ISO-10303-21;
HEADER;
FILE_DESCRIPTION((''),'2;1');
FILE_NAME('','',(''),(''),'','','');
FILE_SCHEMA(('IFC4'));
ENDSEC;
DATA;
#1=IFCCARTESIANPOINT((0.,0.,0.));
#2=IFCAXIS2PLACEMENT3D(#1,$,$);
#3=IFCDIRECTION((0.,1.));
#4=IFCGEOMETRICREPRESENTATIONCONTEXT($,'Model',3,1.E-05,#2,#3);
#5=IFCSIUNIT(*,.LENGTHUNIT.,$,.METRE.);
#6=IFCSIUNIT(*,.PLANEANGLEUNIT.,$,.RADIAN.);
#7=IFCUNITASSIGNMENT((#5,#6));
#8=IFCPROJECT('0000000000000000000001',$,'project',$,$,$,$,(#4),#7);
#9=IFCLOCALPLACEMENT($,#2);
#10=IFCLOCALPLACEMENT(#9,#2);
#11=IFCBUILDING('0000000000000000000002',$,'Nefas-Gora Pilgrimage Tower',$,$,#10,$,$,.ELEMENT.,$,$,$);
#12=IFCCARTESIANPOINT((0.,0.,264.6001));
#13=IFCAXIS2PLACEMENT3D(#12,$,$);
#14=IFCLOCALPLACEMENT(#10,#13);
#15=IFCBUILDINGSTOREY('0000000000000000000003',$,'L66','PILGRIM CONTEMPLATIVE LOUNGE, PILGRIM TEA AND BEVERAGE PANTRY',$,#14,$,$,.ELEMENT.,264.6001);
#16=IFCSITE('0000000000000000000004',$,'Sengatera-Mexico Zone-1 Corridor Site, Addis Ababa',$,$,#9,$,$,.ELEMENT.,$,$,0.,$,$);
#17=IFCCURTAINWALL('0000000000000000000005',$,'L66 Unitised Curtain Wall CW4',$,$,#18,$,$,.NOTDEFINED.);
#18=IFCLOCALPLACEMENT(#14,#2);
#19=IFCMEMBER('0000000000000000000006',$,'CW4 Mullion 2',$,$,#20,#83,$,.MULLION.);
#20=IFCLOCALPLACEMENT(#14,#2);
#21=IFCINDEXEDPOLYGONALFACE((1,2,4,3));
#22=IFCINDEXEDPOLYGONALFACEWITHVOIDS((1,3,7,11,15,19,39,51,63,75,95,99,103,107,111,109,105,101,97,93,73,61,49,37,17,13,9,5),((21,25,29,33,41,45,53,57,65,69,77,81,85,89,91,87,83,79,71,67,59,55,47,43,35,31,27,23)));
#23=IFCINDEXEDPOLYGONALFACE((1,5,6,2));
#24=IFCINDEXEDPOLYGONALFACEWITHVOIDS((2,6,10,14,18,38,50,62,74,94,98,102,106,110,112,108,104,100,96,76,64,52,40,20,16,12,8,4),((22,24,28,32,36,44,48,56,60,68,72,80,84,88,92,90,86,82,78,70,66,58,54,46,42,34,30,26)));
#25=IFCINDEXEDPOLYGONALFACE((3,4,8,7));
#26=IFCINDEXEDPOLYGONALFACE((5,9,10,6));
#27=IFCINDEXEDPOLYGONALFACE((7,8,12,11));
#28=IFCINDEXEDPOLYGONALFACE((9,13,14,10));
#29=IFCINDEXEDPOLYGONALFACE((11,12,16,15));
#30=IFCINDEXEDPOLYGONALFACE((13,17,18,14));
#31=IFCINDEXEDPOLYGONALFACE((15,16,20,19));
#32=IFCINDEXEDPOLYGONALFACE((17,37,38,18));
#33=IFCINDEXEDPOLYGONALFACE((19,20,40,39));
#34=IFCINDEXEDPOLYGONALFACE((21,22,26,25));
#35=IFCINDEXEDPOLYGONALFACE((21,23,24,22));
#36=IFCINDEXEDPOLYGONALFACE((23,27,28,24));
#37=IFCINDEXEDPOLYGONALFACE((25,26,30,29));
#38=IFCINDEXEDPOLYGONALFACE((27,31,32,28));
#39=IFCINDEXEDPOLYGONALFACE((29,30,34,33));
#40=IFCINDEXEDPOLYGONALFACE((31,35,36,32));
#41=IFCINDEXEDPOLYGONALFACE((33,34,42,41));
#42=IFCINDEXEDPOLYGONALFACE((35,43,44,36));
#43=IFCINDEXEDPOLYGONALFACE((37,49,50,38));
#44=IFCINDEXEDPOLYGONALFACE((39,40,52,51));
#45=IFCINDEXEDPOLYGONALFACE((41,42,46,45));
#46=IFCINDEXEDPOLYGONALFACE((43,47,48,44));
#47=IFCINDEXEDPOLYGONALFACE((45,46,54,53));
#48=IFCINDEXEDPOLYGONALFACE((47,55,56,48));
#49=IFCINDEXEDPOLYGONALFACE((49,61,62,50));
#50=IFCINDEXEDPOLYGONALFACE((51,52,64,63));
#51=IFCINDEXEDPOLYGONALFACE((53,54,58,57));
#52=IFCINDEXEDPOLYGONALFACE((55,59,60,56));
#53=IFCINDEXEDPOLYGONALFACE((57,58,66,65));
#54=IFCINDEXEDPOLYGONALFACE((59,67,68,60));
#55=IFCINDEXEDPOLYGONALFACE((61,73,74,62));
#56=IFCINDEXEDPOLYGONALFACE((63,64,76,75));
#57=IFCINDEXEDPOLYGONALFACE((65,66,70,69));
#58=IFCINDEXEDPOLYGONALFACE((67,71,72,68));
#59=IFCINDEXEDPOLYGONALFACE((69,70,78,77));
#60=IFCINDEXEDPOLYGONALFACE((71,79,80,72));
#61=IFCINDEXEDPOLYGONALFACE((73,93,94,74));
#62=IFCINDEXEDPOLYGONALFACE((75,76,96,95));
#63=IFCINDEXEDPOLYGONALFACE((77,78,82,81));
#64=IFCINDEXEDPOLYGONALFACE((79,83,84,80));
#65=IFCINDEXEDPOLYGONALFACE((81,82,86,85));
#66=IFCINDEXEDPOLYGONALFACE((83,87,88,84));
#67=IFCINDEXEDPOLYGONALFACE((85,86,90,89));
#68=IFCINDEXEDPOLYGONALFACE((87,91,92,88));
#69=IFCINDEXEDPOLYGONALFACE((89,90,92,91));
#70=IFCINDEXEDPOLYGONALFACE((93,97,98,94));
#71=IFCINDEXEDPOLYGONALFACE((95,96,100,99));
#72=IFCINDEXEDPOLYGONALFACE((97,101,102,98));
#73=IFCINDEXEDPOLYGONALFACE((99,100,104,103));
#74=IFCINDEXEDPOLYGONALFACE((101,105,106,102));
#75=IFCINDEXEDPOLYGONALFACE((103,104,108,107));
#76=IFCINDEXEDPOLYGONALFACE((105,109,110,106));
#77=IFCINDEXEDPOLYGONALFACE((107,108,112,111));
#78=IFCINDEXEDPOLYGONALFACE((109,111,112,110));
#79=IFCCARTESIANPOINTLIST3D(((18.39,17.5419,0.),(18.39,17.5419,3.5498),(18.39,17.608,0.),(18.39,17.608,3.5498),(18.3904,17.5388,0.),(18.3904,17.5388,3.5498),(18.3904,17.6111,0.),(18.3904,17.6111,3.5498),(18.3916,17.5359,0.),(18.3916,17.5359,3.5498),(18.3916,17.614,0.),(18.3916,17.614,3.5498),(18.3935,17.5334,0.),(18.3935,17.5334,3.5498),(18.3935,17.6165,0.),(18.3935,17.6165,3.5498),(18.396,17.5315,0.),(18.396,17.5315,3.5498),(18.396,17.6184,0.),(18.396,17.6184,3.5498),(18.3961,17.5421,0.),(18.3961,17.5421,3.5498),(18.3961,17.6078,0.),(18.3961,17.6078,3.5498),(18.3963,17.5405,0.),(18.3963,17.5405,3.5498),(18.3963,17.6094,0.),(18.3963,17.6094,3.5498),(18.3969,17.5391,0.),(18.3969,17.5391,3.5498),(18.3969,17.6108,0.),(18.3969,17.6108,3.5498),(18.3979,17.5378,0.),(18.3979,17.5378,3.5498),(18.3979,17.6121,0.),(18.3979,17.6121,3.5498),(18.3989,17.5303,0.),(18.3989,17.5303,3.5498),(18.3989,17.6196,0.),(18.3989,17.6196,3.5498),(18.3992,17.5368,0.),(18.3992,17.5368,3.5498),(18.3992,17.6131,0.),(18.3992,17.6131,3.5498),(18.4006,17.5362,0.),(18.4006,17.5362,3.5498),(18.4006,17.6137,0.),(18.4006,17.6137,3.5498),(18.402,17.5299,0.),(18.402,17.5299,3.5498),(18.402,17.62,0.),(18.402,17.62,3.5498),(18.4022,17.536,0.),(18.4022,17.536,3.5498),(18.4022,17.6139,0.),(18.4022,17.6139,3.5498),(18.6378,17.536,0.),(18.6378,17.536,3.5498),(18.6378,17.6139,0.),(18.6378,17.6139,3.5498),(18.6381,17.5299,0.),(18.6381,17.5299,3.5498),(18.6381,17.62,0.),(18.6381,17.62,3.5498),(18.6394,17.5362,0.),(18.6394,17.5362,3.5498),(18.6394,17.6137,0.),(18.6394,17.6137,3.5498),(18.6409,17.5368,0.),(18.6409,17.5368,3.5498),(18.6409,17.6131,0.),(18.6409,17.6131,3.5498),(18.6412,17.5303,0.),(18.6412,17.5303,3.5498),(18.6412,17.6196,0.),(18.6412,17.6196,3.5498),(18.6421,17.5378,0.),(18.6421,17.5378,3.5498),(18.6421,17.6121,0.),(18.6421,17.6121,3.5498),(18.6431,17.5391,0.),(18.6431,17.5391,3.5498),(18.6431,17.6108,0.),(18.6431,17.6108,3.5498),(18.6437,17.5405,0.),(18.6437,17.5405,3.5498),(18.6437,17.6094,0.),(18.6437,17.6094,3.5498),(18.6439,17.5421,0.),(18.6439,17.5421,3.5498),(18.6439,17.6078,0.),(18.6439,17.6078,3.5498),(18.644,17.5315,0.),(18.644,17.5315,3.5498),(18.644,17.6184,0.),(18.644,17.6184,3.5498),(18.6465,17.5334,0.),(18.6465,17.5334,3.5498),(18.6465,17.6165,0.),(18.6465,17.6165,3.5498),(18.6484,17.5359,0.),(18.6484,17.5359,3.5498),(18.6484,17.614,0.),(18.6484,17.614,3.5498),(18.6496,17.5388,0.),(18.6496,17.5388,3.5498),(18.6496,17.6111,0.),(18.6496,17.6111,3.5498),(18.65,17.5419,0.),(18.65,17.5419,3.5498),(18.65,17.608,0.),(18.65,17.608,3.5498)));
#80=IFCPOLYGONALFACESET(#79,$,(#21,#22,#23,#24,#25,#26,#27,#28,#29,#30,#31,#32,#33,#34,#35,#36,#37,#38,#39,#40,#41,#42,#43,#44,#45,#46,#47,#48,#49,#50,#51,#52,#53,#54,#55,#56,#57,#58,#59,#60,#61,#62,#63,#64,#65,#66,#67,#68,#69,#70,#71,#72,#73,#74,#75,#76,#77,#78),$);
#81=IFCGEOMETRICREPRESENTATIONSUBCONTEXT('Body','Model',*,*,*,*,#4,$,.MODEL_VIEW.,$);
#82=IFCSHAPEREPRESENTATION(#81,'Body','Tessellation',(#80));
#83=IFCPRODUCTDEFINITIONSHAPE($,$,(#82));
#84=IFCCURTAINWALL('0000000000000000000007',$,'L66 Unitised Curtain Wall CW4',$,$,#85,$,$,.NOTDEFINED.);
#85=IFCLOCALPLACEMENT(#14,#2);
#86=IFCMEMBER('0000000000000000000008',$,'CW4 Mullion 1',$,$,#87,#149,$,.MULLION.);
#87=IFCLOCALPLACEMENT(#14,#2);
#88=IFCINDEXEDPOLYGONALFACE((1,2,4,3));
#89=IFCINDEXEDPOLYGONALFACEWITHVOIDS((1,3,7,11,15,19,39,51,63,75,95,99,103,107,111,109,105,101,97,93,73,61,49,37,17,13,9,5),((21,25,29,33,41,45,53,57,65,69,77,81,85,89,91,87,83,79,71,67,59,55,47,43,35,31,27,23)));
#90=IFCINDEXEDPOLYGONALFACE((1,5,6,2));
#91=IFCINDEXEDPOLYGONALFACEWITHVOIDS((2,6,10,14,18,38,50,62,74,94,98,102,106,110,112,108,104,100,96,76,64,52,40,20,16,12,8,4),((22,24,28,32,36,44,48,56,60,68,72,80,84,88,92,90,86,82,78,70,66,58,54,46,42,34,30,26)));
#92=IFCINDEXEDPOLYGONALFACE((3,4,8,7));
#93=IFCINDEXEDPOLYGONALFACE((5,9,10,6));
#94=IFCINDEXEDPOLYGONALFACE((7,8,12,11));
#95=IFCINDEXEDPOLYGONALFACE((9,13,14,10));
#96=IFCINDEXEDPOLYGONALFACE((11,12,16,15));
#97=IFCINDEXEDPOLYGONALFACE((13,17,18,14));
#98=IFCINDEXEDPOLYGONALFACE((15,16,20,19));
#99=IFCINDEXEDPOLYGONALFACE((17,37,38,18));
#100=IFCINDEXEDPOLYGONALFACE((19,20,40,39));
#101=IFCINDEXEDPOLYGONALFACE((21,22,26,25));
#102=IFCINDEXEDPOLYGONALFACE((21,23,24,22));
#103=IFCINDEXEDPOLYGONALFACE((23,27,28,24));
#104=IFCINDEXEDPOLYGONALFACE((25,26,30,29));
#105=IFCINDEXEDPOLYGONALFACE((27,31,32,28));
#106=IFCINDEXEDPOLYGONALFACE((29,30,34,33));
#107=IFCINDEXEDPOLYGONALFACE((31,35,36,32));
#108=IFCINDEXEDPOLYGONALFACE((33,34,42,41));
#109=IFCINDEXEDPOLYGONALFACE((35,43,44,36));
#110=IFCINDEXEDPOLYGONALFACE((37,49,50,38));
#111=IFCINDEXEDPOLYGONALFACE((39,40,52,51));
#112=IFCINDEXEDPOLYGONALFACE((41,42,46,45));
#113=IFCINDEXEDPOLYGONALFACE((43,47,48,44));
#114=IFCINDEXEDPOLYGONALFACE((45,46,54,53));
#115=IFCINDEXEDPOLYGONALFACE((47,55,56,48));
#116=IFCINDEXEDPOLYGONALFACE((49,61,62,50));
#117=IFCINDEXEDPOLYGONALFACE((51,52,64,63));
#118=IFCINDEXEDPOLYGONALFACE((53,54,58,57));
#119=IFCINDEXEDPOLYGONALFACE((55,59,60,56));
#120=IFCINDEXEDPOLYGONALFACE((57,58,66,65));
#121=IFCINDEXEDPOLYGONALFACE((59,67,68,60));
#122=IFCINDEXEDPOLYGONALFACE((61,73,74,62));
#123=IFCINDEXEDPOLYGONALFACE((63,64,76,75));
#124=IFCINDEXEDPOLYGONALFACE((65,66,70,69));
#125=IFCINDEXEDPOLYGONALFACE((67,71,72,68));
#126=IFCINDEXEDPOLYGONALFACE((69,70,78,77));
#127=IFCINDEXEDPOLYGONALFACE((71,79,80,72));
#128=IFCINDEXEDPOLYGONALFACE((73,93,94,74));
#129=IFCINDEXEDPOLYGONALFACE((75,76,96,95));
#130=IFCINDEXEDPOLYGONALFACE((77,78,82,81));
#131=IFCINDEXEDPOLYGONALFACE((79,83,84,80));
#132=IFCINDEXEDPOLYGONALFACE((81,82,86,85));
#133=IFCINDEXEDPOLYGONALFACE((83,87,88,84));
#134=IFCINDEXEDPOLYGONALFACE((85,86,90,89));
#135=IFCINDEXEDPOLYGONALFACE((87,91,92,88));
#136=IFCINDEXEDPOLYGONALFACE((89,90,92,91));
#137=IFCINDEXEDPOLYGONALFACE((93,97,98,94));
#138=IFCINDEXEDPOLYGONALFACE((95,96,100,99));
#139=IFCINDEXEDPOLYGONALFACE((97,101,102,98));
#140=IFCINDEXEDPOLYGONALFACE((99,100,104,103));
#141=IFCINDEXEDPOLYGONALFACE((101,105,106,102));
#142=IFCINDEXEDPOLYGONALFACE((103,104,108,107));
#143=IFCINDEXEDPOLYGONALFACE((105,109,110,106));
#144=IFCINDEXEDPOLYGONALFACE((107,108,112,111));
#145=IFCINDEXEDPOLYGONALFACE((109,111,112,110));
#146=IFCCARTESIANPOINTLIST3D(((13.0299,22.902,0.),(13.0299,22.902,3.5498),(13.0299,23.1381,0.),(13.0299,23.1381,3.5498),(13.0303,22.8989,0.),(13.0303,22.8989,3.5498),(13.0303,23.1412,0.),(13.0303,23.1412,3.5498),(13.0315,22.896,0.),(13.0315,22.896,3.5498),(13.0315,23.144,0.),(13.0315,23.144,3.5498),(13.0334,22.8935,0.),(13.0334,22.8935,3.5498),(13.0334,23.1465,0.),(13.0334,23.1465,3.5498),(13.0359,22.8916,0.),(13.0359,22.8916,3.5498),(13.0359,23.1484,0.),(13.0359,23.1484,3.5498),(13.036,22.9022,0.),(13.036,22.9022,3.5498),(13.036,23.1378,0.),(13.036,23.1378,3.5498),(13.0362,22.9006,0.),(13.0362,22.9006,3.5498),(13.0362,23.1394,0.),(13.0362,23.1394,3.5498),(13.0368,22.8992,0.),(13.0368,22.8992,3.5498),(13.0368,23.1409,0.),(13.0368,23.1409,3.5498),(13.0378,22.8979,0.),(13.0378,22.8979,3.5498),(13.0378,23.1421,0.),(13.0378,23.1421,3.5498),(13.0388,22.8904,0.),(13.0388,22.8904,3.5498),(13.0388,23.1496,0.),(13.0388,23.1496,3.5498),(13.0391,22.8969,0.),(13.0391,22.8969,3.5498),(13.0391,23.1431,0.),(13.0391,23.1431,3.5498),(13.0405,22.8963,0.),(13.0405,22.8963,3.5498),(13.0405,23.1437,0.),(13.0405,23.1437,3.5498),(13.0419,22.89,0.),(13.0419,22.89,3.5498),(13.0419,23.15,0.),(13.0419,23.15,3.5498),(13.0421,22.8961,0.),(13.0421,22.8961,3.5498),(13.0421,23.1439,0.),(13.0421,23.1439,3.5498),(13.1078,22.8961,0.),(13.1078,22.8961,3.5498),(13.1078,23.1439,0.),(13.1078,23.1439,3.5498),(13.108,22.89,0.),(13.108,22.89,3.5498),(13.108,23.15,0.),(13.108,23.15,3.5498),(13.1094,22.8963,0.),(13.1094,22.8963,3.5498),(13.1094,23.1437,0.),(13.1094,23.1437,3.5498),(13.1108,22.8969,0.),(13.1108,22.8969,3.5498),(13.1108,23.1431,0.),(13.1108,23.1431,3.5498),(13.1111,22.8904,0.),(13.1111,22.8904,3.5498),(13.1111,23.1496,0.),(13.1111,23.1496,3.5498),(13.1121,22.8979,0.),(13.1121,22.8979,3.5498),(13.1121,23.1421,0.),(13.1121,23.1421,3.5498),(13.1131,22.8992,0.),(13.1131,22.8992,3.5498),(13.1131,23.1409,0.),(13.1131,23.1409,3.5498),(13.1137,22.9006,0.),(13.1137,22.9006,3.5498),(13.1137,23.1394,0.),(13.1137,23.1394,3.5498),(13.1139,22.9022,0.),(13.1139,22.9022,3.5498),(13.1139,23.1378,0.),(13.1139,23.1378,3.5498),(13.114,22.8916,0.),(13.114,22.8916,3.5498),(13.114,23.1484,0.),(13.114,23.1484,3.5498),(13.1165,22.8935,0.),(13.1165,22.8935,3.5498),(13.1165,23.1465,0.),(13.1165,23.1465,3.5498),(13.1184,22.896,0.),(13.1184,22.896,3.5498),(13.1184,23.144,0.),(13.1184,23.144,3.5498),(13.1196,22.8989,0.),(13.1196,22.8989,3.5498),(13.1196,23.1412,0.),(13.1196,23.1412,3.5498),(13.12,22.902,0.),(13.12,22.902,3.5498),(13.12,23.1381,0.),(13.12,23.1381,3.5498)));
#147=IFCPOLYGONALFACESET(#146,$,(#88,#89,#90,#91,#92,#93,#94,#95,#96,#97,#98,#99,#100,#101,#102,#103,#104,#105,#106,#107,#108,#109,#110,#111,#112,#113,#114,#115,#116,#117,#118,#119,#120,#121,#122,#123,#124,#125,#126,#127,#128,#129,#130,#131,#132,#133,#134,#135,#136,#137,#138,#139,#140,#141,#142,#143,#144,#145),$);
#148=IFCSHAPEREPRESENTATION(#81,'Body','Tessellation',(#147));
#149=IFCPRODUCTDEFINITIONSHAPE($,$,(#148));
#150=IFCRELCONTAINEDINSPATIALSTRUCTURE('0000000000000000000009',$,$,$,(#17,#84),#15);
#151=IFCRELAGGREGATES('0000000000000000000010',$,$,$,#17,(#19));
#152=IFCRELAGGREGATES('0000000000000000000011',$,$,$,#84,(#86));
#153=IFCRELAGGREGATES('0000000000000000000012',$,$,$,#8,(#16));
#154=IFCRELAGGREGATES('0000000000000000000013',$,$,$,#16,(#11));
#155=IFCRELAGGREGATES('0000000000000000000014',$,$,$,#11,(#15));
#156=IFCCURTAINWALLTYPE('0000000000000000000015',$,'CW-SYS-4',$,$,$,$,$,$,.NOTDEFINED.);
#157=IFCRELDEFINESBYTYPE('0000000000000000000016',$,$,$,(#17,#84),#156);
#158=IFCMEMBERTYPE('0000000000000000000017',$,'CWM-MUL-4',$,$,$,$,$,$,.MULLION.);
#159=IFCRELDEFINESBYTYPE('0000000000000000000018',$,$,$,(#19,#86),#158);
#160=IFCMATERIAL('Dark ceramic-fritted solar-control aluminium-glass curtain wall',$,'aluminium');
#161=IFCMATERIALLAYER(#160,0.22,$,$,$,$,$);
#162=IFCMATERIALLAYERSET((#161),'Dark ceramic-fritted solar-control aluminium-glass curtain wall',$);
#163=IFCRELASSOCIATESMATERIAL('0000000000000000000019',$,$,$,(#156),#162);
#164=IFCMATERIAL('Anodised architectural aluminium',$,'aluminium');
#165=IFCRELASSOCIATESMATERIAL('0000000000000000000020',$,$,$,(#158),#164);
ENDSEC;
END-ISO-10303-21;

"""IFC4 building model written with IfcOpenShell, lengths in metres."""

from ifc_helpers import new_model, si_unit, direction, frame, origin, origin_2d, place, context, subcontext, project, spatial, hollow_rectangle, extrude, source, transform, mapped, material, layer, layer_set, material_profile, profile_set, type_object, element, aggregate, save


model = new_model("IFC4")

# Units and contexts
model_context = context("Model", 3, precision=1e-05, world=origin(), true_north=direction((0.0, 1.0)))
body_context = subcontext(model_context, "Body", "Model", "MODEL_VIEW")
ifc_project = project(units=[si_unit("LENGTHUNIT", "METRE"), si_unit("PLANEANGLEUNIT", "RADIAN")], contexts=[model_context])

# Site, building, storey
site_placement = place(None, origin())
site = spatial("IfcSite", under=ifc_project, at=site_placement, Name="Sengatera-Mexico Zone-1 Corridor Site, Addis Ababa", CompositionType="ELEMENT", RefElevation=0.0)
building_placement = place(site_placement, origin())
building = spatial("IfcBuilding", under=site, at=building_placement, Name="Nefas-Gora Pilgrimage Tower", CompositionType="ELEMENT")
storey_placement = place(building_placement, frame((0.0, 0.0, 264.6001)))
storey = spatial("IfcBuildingStorey", under=building, at=storey_placement, Name="L66", Description="PILGRIM CONTEMPLATIVE LOUNGE, PILGRIM TEA AND BEVERAGE PANTRY", CompositionType="ELEMENT", Elevation=264.6001)

# Shared definitions
ifc_material_1 = material(Name="Dark ceramic-fritted solar-control aluminium-glass curtain wall", Category="aluminium")
ifc_material_2 = material(Name="Anodised architectural aluminium", Category="aluminium")

# Curtain walls, members
ifc_layer_1 = layer(ifc_material_1, 0.22)
ifc_layer_set_1 = layer_set([ifc_layer_1], Name="Dark ceramic-fritted solar-control aluminium-glass curtain wall")
curtain_wall_type_1 = type_object("IfcCurtainWallType", Name="CW-SYS-4", PredefinedType="NOTDEFINED", material=ifc_layer_set_1)
curtain_wall_1_placement = place(storey_placement, origin())
curtain_wall_1 = element("IfcCurtainWall", 1, at=curtain_wall_1_placement, inside=storey, type_object=curtain_wall_type_1, Name="L66 Unitised Curtain Wall CW4", PredefinedType="NOTDEFINED")
ifc_material_profile_1 = material_profile(ifc_material_2, hollow_rectangle(XDim=0.0901, YDim=0.26, WallThickness=0.0061, InnerFilletRadius=0.0061, OuterFilletRadius=0.012, at=origin_2d()), Name="ALU MULLION 90x260")
ifc_profile_set_1 = profile_set([ifc_material_profile_1], Name="Anodised architectural aluminium")
member_type_1 = type_object("IfcMemberType", Name="CWM-MUL-4", PredefinedType="MULLION", material=ifc_profile_set_1)
shared_shape_1 = source(origin(), body_context, "Body", "SweptSolid", [
    extrude(hollow_rectangle(XDim=0.0901, YDim=0.26, WallThickness=0.0061, InnerFilletRadius=0.0061, OuterFilletRadius=0.012, at=origin_2d()), origin(), (0.0, 0.0, 1.0), 3.5498),
])
member_1_placement = place(storey_placement, frame((18.52, 17.575, 0.0), z_axis=(0.0, 0.0, 1.0), x_axis=(0.0, 1.0, 0.0)))
member_1 = element("IfcMember", 2, at=member_1_placement, type_object=member_type_1, Name="CW4 Mullion 2", PredefinedType="MULLION", context=body_context, shape_type="MappedRepresentation", body=[
    mapped(shared_shape_1, transform((0.0, 0.0, 0.0), x_axis=(1.0, 0.0, 0.0), y_axis=(0.0, 1.0, 0.0), z_axis=(0.0, 0.0, 1.0), scale=1.0)),
])
curtain_wall_2_placement = place(storey_placement, origin())
curtain_wall_2 = element("IfcCurtainWall", 3, at=curtain_wall_2_placement, inside=storey, type_object=curtain_wall_type_1, Name="L66 Unitised Curtain Wall CW4", PredefinedType="NOTDEFINED")
member_2_placement = place(storey_placement, frame((13.075, 23.02, 0.0), z_axis=(0.0, 0.0, 1.0), x_axis=(-1.0, 0.0, 0.0)))
member_2 = element("IfcMember", 4, at=member_2_placement, type_object=member_type_1, Name="CW4 Mullion 1", PredefinedType="MULLION", context=body_context, shape_type="MappedRepresentation", body=[
    mapped(shared_shape_1, transform((0.0, 0.0, 0.0), x_axis=(1.0, 0.0, 0.0), y_axis=(0.0, 1.0, 0.0), z_axis=(0.0, 0.0, 1.0), scale=1.0)),
])

aggregate(curtain_wall_1, [member_1])
aggregate(curtain_wall_2, [member_2])

save(model, "model.ifc")
